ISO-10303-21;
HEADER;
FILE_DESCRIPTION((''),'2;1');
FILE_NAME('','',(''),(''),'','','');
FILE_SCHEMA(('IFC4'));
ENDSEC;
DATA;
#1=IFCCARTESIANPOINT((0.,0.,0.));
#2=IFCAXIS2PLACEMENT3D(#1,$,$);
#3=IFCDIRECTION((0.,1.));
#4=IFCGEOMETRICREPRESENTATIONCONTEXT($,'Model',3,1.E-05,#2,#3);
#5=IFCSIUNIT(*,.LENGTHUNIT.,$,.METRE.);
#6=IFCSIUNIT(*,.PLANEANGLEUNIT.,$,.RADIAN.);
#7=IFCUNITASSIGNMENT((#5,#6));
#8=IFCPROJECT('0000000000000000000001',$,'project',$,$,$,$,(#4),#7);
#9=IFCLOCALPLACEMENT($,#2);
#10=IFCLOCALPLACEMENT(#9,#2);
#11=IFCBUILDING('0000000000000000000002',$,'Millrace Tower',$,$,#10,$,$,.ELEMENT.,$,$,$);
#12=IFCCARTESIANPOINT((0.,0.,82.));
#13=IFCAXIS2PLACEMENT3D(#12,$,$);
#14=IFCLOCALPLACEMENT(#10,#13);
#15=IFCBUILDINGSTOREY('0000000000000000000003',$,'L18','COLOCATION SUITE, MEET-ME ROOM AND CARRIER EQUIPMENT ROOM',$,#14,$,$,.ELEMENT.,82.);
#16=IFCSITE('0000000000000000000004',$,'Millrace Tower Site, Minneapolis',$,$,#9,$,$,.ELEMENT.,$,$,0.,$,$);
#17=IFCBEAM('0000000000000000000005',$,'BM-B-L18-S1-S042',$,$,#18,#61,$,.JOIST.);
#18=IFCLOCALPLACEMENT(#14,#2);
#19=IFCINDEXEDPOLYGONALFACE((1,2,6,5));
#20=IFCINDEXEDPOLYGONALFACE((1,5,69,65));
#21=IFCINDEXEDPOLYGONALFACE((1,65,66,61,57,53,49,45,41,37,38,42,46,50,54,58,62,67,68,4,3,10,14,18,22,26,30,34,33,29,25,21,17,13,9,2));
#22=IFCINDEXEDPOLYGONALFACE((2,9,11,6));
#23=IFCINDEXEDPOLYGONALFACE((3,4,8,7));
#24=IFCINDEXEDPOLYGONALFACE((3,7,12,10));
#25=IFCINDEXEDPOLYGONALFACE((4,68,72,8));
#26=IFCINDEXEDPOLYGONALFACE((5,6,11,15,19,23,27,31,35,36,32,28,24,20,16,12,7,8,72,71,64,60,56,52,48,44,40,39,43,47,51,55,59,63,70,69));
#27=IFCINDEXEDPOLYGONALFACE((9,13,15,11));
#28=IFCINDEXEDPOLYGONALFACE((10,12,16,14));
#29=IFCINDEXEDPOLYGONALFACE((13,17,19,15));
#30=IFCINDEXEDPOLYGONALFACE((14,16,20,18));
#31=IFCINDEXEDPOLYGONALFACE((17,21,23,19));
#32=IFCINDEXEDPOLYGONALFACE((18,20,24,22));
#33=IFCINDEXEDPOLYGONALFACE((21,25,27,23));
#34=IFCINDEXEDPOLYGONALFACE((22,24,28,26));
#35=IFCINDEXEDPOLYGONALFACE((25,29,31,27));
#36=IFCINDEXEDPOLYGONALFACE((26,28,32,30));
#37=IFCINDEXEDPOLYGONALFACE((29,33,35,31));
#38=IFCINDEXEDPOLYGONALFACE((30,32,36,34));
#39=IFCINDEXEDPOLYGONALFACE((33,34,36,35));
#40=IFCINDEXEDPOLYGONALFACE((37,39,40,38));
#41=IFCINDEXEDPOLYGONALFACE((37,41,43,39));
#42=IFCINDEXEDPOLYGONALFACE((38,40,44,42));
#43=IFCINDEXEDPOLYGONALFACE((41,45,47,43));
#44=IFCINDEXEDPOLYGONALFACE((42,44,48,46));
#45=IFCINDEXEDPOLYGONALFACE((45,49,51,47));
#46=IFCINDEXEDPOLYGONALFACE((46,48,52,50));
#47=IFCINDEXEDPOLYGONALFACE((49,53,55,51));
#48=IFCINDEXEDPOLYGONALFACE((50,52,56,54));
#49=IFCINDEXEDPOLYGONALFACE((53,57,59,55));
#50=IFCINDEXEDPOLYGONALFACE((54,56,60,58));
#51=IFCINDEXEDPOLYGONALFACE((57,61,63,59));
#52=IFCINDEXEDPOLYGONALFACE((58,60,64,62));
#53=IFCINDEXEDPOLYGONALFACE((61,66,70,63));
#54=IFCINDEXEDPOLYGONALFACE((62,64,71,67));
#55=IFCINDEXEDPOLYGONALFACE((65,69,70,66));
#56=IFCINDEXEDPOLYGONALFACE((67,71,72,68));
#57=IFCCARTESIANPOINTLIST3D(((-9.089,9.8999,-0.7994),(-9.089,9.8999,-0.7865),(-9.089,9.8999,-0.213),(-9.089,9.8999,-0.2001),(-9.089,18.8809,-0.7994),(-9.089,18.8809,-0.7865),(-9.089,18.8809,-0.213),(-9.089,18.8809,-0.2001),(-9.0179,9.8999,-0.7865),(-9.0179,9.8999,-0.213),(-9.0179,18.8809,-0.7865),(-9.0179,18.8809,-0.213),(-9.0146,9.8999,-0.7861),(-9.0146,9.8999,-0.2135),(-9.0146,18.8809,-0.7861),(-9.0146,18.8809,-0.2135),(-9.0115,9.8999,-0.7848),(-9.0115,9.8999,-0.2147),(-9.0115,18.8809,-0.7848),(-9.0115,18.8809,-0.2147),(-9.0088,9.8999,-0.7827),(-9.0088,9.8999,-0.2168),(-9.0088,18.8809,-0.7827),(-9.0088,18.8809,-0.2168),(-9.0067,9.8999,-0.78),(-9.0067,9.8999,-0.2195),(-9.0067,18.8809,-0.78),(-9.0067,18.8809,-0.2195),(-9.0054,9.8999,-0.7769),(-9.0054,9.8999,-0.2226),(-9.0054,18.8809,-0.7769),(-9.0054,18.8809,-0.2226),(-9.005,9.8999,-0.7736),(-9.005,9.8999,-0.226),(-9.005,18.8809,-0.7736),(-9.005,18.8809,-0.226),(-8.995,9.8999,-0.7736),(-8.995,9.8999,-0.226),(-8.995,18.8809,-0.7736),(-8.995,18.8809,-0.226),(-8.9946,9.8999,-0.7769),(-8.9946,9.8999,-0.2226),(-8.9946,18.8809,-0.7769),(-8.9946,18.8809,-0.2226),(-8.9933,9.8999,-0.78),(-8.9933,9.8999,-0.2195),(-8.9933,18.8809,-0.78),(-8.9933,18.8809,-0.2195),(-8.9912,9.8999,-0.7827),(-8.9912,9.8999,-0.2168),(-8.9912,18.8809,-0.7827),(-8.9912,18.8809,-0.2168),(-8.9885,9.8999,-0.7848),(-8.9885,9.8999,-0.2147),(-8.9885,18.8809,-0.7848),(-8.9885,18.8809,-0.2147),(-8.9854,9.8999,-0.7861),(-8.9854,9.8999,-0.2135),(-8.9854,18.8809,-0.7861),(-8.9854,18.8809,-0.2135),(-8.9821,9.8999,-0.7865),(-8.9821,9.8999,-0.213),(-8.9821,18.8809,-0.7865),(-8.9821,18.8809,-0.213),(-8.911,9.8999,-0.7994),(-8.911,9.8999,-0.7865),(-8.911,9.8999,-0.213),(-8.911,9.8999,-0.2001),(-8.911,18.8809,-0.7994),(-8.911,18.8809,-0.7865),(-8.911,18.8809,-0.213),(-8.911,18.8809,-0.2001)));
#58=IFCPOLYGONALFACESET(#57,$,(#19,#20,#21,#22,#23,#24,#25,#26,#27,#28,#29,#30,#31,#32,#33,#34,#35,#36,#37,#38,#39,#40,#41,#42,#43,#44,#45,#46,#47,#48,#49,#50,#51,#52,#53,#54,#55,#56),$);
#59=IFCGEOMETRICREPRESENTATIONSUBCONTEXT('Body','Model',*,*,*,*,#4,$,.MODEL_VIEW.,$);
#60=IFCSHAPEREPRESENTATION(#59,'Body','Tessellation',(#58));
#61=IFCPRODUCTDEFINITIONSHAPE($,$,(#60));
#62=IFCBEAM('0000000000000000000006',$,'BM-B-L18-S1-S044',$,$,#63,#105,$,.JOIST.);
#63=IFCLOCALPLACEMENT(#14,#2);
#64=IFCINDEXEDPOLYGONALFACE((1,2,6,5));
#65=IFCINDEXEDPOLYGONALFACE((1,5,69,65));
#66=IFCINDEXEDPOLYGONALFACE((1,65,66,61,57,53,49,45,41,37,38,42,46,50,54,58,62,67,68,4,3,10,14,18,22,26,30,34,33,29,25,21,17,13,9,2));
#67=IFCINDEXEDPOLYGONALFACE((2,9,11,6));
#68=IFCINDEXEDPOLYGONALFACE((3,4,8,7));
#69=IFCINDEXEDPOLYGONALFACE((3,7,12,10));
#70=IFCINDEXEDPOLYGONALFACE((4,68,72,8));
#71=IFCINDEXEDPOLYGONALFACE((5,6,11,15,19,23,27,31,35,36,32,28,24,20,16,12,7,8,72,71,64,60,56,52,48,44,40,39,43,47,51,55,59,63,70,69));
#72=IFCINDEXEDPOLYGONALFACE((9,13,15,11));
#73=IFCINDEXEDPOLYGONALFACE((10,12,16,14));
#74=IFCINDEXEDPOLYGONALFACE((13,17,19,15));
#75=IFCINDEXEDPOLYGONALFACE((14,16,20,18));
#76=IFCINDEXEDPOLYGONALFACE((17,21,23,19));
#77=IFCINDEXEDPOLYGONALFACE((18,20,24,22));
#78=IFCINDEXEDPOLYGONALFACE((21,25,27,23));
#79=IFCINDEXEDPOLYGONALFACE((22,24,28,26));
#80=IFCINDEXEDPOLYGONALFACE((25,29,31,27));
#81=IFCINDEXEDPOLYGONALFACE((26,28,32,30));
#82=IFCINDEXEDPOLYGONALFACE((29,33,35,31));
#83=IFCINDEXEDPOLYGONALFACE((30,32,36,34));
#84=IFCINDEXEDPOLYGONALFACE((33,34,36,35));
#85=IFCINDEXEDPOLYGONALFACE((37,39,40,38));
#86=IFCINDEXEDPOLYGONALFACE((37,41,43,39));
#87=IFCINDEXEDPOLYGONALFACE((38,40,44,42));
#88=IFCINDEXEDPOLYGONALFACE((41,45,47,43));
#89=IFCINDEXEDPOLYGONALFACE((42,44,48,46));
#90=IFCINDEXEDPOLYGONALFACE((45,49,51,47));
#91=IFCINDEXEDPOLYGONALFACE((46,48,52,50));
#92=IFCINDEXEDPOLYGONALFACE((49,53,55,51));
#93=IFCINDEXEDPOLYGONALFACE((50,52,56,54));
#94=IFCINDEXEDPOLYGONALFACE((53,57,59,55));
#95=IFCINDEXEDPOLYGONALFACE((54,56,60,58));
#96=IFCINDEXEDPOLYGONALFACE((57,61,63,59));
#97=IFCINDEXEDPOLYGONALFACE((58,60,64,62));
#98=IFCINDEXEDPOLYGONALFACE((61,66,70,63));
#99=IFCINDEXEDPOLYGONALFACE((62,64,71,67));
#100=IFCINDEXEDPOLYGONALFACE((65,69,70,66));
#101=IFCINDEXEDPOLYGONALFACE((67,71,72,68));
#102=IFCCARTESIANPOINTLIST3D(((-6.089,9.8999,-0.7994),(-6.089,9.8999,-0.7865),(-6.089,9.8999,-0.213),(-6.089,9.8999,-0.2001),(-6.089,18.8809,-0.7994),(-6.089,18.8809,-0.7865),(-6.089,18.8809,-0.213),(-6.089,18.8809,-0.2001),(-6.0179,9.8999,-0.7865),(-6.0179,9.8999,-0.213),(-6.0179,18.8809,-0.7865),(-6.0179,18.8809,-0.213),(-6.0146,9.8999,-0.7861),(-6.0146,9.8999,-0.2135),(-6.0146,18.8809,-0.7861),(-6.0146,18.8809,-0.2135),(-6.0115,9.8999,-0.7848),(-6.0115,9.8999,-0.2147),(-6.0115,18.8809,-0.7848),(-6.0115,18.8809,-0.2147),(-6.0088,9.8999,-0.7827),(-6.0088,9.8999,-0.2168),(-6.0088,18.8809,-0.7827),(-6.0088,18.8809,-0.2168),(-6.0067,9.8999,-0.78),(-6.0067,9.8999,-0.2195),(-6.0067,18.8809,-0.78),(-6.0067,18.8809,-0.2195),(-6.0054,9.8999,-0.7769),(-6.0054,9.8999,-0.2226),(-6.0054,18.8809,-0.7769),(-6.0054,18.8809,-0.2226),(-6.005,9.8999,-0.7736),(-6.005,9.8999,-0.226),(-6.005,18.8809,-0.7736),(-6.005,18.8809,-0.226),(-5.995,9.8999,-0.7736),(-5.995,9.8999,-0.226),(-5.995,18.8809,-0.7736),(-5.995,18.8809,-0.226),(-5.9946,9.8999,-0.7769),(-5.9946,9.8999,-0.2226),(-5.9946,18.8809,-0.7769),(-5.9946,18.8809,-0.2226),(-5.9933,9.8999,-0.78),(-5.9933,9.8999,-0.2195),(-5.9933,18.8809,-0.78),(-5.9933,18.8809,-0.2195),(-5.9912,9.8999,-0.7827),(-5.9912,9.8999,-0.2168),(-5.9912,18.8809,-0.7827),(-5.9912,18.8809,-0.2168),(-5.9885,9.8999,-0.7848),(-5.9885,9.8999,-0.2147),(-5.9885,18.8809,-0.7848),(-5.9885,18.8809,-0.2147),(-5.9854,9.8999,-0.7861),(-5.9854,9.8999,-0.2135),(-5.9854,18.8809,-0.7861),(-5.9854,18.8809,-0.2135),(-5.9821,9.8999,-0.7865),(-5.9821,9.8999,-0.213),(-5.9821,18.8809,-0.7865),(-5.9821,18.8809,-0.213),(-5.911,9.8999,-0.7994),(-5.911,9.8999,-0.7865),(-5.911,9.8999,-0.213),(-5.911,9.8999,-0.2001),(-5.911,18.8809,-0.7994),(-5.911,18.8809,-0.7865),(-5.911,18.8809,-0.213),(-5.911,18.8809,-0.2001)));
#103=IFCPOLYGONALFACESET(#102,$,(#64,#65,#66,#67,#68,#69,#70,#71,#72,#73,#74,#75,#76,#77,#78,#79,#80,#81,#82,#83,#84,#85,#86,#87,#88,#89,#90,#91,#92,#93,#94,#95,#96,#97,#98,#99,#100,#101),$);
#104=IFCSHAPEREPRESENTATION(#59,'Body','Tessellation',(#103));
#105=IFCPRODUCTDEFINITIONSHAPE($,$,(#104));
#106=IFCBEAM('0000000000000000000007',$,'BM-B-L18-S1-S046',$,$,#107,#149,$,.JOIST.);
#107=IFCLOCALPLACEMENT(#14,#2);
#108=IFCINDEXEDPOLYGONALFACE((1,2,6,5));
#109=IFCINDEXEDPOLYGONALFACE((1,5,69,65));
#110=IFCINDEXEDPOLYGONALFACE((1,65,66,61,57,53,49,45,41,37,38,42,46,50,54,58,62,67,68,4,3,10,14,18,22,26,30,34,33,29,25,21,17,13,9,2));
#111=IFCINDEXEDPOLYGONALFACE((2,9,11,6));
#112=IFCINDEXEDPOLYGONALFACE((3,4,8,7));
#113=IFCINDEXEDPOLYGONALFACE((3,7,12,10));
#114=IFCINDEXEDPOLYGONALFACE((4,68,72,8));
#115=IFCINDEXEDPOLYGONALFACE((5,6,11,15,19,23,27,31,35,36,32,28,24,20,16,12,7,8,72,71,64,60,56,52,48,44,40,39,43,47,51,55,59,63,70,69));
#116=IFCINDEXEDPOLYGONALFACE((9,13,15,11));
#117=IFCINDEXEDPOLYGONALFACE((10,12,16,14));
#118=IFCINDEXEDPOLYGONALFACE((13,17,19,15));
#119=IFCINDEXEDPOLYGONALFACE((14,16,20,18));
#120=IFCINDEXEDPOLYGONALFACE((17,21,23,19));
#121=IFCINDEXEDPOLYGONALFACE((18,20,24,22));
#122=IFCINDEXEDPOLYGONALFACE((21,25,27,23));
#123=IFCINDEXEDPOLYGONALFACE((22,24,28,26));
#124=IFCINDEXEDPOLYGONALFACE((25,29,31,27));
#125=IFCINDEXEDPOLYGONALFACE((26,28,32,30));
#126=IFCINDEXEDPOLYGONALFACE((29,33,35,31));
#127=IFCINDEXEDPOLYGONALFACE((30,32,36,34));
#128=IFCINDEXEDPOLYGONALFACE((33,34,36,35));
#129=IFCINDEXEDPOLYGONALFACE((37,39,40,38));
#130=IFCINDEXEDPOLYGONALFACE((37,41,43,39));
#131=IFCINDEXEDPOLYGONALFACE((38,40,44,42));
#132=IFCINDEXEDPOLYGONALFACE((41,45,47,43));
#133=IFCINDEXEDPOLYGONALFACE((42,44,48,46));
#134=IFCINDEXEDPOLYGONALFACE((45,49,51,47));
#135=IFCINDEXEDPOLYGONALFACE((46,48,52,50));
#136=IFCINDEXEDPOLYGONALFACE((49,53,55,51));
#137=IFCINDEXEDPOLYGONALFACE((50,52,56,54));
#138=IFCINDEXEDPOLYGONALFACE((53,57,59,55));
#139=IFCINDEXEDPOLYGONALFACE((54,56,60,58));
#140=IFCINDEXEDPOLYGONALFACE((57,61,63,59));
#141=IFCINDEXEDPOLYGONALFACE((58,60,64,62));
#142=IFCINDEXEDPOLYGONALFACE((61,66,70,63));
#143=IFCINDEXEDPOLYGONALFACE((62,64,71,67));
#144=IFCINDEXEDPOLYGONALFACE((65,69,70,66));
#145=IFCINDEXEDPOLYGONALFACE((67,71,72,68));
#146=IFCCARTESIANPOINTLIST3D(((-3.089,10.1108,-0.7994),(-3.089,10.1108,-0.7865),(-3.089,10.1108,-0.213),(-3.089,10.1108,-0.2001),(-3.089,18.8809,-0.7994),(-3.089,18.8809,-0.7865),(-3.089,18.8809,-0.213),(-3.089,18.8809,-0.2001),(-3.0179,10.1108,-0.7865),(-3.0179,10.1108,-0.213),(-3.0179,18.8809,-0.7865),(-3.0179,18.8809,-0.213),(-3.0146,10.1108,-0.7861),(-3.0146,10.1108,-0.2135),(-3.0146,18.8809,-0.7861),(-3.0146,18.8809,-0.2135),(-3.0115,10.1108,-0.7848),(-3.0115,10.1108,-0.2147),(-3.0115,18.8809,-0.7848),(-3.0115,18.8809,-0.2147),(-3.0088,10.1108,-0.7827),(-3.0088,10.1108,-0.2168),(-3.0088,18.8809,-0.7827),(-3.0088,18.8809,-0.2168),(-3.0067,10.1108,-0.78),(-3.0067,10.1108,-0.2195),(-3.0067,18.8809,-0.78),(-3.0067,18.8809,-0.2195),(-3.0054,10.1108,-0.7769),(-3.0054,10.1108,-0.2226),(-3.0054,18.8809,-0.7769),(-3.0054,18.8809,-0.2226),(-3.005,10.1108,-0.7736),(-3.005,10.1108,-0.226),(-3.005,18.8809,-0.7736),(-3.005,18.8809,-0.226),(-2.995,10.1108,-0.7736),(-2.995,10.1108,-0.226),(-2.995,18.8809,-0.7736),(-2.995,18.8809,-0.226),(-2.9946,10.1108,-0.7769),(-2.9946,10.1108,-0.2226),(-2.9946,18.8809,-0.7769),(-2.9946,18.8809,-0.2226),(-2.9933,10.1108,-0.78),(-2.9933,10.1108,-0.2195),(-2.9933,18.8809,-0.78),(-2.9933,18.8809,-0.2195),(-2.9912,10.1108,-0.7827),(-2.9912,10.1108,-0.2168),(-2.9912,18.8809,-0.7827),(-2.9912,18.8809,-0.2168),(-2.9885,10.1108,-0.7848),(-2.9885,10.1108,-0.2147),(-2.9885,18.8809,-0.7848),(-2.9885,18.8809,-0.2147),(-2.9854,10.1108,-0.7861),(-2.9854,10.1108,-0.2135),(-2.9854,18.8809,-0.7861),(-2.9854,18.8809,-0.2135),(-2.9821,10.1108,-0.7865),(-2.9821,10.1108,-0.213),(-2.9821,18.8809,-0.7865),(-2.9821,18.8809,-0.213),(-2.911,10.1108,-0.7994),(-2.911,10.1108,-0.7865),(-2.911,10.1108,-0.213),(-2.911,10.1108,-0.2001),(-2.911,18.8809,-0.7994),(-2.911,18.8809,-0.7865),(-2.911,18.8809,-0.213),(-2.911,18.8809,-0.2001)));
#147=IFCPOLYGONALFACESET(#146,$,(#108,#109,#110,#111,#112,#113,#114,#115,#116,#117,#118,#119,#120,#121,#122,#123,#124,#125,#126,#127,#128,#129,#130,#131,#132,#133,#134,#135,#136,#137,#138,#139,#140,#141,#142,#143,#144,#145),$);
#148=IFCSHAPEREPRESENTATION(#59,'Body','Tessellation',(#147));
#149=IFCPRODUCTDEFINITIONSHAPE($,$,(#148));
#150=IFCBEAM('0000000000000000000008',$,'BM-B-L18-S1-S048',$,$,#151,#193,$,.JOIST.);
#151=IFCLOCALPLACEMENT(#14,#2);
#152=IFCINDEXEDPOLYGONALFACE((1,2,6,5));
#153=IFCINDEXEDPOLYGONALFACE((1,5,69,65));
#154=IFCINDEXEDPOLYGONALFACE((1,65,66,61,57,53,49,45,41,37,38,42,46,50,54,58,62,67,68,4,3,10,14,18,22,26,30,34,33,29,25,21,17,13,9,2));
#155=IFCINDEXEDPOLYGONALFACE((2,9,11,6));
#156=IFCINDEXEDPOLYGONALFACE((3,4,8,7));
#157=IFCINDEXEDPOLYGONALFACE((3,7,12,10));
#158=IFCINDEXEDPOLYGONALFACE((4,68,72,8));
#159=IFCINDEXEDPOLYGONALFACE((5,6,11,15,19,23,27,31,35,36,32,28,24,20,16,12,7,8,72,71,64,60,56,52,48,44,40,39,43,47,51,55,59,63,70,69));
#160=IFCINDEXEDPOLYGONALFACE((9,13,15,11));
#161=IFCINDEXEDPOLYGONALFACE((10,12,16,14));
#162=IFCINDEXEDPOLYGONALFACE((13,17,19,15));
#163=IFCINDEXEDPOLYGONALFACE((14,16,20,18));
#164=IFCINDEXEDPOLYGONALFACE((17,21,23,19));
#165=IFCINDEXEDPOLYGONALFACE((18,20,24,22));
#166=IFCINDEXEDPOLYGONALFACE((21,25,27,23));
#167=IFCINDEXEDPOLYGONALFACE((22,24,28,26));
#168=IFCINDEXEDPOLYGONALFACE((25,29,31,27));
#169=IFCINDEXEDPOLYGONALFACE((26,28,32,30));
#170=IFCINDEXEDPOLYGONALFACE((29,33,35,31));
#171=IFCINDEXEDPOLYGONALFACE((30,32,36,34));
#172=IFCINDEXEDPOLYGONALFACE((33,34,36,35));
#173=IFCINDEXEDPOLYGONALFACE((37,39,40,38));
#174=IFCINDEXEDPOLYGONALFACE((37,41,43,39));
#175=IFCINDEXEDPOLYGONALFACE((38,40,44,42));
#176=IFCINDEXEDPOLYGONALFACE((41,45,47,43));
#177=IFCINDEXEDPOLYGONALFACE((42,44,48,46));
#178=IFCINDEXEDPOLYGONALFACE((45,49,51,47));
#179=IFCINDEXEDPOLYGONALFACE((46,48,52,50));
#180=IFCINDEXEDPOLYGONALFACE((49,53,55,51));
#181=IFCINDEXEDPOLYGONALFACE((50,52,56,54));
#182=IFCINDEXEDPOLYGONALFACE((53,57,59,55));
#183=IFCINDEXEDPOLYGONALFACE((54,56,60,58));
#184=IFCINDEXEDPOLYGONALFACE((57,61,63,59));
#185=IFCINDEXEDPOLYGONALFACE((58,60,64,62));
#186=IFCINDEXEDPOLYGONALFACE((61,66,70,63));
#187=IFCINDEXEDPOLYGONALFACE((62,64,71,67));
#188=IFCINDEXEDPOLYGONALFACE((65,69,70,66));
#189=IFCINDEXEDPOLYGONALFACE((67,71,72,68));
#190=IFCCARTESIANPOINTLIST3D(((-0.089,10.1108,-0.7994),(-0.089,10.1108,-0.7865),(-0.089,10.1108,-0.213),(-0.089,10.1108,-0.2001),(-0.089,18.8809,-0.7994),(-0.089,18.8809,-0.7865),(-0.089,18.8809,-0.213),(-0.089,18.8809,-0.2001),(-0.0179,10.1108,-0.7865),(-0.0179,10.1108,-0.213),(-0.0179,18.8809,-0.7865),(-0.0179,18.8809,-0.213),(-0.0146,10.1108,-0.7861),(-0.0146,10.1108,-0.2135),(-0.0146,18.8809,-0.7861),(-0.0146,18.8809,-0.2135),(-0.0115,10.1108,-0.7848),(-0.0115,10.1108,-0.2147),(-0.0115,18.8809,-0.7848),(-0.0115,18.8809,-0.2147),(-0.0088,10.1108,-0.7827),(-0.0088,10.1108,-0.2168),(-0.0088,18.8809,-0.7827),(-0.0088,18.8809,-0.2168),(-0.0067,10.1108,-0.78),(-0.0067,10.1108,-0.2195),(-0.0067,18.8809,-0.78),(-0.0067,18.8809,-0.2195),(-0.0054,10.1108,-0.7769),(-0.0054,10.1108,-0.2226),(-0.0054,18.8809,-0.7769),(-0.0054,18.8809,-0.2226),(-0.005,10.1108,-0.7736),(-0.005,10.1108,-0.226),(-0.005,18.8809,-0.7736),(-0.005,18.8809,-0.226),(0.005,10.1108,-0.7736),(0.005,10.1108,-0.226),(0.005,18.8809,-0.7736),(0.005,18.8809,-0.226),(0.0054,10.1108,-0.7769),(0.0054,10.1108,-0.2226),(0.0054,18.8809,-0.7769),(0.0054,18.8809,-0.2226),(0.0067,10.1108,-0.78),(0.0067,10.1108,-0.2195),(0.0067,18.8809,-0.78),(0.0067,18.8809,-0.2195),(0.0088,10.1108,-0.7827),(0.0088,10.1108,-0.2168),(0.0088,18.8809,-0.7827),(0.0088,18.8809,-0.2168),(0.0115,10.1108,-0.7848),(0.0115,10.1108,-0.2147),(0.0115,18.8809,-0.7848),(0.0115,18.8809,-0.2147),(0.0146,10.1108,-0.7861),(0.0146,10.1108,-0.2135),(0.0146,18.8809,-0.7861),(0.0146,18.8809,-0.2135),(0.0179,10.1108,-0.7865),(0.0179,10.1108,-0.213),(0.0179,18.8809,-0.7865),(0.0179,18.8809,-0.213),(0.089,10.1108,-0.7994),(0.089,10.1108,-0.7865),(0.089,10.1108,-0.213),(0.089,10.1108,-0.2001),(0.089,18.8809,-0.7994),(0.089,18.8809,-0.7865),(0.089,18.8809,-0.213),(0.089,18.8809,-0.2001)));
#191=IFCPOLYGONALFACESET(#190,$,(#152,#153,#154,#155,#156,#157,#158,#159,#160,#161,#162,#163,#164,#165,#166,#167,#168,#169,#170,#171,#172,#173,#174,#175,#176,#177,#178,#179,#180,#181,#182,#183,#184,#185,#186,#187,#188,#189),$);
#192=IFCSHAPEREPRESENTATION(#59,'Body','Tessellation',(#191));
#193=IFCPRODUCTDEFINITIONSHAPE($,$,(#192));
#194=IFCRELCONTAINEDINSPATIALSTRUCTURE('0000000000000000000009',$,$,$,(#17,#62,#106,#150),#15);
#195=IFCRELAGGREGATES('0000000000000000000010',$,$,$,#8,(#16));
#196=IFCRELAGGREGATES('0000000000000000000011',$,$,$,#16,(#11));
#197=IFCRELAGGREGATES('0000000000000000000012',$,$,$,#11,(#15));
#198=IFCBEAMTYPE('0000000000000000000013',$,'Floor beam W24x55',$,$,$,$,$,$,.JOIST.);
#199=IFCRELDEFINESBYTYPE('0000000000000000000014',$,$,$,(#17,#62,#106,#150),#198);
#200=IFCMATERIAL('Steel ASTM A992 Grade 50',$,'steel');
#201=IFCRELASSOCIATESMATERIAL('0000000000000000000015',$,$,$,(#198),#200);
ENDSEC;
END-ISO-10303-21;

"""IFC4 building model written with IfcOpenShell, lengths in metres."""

from ifc_helpers import new_model, si_unit, direction, frame, origin, origin_2d, place, context, subcontext, project, spatial, i_section, extrude, material, material_profile, profile_set, type_object, element, save


model = new_model("IFC4")

# Units and contexts
model_context = context("Model", 3, precision=1e-05, world=origin(), true_north=direction((0.0, 1.0)))
body_context = subcontext(model_context, "Body", "Model", "MODEL_VIEW")
ifc_project = project(units=[si_unit("LENGTHUNIT", "METRE"), si_unit("PLANEANGLEUNIT", "RADIAN")], contexts=[model_context])

# Site, building, storey
site_placement = place(None, origin())
site = spatial("IfcSite", under=ifc_project, at=site_placement, Name="Millrace Tower Site, Minneapolis", CompositionType="ELEMENT", RefElevation=0.0)
building_placement = place(site_placement, origin())
building = spatial("IfcBuilding", under=site, at=building_placement, Name="Millrace Tower", CompositionType="ELEMENT")
storey_placement = place(building_placement, frame((0.0, 0.0, 82.0)))
storey = spatial("IfcBuildingStorey", under=building, at=storey_placement, Name="L18", Description="COLOCATION SUITE, MEET-ME ROOM AND CARRIER EQUIPMENT ROOM", CompositionType="ELEMENT", Elevation=82.0)

# Beams
ifc_material_1 = material(Name="Steel ASTM A992 Grade 50", Category="steel")
ifc_material_profile_1 = material_profile(ifc_material_1, i_section(OverallWidth=0.178, OverallDepth=0.5994, WebThickness=0.01, FlangeThickness=0.0129, FilletRadius=0.0129, at=origin_2d()))
ifc_profile_set_1 = profile_set([ifc_material_profile_1], Name="Steel ASTM A992 Grade 50")
beam_type_1 = type_object("IfcBeamType", Name="Floor beam W24x55", PredefinedType="JOIST", material=ifc_profile_set_1)
for number, where, z_axis, x_axis, name in (
    (1, (-9.0, 9.8999, -0.4998), (0.0, 1.0, 0.0), (-1.0, 0.0, 0.0), "BM-B-L18-S1-S042"),
    (2, (-6.0, 9.8999, -0.4998), (0.0, 1.0, 0.0), (-1.0, 0.0, 0.0), "BM-B-L18-S1-S044"),
):
    element("IfcBeam", number, at=place(storey_placement, frame(where, z_axis=z_axis, x_axis=x_axis)), inside=storey, type_object=beam_type_1, Name=name, PredefinedType="JOIST", context=body_context, shape_type="SweptSolid", body=[
        extrude(i_section(OverallWidth=0.178, OverallDepth=0.5994, WebThickness=0.01, FlangeThickness=0.0129, FilletRadius=0.0129, at=origin_2d()), origin(), (0.0, 0.0, 1.0), 8.981),
    ])
for number, where, z_axis, x_axis, name in (
    (3, (-3.0, 10.1108, -0.4998), (0.0, 1.0, 0.0), (-1.0, 0.0, 0.0), "BM-B-L18-S1-S046"),
    (4, (0.0, 10.1108, -0.4998), (0.0, 1.0, 0.0), (-1.0, 0.0, 0.0), "BM-B-L18-S1-S048"),
):
    element("IfcBeam", number, at=place(storey_placement, frame(where, z_axis=z_axis, x_axis=x_axis)), inside=storey, type_object=beam_type_1, Name=name, PredefinedType="JOIST", context=body_context, shape_type="SweptSolid", body=[
        extrude(i_section(OverallWidth=0.178, OverallDepth=0.5994, WebThickness=0.01, FlangeThickness=0.0129, FilletRadius=0.0129, at=origin_2d()), origin(), (0.0, 0.0, 1.0), 8.77),
    ])

save(model, "model.ifc")
